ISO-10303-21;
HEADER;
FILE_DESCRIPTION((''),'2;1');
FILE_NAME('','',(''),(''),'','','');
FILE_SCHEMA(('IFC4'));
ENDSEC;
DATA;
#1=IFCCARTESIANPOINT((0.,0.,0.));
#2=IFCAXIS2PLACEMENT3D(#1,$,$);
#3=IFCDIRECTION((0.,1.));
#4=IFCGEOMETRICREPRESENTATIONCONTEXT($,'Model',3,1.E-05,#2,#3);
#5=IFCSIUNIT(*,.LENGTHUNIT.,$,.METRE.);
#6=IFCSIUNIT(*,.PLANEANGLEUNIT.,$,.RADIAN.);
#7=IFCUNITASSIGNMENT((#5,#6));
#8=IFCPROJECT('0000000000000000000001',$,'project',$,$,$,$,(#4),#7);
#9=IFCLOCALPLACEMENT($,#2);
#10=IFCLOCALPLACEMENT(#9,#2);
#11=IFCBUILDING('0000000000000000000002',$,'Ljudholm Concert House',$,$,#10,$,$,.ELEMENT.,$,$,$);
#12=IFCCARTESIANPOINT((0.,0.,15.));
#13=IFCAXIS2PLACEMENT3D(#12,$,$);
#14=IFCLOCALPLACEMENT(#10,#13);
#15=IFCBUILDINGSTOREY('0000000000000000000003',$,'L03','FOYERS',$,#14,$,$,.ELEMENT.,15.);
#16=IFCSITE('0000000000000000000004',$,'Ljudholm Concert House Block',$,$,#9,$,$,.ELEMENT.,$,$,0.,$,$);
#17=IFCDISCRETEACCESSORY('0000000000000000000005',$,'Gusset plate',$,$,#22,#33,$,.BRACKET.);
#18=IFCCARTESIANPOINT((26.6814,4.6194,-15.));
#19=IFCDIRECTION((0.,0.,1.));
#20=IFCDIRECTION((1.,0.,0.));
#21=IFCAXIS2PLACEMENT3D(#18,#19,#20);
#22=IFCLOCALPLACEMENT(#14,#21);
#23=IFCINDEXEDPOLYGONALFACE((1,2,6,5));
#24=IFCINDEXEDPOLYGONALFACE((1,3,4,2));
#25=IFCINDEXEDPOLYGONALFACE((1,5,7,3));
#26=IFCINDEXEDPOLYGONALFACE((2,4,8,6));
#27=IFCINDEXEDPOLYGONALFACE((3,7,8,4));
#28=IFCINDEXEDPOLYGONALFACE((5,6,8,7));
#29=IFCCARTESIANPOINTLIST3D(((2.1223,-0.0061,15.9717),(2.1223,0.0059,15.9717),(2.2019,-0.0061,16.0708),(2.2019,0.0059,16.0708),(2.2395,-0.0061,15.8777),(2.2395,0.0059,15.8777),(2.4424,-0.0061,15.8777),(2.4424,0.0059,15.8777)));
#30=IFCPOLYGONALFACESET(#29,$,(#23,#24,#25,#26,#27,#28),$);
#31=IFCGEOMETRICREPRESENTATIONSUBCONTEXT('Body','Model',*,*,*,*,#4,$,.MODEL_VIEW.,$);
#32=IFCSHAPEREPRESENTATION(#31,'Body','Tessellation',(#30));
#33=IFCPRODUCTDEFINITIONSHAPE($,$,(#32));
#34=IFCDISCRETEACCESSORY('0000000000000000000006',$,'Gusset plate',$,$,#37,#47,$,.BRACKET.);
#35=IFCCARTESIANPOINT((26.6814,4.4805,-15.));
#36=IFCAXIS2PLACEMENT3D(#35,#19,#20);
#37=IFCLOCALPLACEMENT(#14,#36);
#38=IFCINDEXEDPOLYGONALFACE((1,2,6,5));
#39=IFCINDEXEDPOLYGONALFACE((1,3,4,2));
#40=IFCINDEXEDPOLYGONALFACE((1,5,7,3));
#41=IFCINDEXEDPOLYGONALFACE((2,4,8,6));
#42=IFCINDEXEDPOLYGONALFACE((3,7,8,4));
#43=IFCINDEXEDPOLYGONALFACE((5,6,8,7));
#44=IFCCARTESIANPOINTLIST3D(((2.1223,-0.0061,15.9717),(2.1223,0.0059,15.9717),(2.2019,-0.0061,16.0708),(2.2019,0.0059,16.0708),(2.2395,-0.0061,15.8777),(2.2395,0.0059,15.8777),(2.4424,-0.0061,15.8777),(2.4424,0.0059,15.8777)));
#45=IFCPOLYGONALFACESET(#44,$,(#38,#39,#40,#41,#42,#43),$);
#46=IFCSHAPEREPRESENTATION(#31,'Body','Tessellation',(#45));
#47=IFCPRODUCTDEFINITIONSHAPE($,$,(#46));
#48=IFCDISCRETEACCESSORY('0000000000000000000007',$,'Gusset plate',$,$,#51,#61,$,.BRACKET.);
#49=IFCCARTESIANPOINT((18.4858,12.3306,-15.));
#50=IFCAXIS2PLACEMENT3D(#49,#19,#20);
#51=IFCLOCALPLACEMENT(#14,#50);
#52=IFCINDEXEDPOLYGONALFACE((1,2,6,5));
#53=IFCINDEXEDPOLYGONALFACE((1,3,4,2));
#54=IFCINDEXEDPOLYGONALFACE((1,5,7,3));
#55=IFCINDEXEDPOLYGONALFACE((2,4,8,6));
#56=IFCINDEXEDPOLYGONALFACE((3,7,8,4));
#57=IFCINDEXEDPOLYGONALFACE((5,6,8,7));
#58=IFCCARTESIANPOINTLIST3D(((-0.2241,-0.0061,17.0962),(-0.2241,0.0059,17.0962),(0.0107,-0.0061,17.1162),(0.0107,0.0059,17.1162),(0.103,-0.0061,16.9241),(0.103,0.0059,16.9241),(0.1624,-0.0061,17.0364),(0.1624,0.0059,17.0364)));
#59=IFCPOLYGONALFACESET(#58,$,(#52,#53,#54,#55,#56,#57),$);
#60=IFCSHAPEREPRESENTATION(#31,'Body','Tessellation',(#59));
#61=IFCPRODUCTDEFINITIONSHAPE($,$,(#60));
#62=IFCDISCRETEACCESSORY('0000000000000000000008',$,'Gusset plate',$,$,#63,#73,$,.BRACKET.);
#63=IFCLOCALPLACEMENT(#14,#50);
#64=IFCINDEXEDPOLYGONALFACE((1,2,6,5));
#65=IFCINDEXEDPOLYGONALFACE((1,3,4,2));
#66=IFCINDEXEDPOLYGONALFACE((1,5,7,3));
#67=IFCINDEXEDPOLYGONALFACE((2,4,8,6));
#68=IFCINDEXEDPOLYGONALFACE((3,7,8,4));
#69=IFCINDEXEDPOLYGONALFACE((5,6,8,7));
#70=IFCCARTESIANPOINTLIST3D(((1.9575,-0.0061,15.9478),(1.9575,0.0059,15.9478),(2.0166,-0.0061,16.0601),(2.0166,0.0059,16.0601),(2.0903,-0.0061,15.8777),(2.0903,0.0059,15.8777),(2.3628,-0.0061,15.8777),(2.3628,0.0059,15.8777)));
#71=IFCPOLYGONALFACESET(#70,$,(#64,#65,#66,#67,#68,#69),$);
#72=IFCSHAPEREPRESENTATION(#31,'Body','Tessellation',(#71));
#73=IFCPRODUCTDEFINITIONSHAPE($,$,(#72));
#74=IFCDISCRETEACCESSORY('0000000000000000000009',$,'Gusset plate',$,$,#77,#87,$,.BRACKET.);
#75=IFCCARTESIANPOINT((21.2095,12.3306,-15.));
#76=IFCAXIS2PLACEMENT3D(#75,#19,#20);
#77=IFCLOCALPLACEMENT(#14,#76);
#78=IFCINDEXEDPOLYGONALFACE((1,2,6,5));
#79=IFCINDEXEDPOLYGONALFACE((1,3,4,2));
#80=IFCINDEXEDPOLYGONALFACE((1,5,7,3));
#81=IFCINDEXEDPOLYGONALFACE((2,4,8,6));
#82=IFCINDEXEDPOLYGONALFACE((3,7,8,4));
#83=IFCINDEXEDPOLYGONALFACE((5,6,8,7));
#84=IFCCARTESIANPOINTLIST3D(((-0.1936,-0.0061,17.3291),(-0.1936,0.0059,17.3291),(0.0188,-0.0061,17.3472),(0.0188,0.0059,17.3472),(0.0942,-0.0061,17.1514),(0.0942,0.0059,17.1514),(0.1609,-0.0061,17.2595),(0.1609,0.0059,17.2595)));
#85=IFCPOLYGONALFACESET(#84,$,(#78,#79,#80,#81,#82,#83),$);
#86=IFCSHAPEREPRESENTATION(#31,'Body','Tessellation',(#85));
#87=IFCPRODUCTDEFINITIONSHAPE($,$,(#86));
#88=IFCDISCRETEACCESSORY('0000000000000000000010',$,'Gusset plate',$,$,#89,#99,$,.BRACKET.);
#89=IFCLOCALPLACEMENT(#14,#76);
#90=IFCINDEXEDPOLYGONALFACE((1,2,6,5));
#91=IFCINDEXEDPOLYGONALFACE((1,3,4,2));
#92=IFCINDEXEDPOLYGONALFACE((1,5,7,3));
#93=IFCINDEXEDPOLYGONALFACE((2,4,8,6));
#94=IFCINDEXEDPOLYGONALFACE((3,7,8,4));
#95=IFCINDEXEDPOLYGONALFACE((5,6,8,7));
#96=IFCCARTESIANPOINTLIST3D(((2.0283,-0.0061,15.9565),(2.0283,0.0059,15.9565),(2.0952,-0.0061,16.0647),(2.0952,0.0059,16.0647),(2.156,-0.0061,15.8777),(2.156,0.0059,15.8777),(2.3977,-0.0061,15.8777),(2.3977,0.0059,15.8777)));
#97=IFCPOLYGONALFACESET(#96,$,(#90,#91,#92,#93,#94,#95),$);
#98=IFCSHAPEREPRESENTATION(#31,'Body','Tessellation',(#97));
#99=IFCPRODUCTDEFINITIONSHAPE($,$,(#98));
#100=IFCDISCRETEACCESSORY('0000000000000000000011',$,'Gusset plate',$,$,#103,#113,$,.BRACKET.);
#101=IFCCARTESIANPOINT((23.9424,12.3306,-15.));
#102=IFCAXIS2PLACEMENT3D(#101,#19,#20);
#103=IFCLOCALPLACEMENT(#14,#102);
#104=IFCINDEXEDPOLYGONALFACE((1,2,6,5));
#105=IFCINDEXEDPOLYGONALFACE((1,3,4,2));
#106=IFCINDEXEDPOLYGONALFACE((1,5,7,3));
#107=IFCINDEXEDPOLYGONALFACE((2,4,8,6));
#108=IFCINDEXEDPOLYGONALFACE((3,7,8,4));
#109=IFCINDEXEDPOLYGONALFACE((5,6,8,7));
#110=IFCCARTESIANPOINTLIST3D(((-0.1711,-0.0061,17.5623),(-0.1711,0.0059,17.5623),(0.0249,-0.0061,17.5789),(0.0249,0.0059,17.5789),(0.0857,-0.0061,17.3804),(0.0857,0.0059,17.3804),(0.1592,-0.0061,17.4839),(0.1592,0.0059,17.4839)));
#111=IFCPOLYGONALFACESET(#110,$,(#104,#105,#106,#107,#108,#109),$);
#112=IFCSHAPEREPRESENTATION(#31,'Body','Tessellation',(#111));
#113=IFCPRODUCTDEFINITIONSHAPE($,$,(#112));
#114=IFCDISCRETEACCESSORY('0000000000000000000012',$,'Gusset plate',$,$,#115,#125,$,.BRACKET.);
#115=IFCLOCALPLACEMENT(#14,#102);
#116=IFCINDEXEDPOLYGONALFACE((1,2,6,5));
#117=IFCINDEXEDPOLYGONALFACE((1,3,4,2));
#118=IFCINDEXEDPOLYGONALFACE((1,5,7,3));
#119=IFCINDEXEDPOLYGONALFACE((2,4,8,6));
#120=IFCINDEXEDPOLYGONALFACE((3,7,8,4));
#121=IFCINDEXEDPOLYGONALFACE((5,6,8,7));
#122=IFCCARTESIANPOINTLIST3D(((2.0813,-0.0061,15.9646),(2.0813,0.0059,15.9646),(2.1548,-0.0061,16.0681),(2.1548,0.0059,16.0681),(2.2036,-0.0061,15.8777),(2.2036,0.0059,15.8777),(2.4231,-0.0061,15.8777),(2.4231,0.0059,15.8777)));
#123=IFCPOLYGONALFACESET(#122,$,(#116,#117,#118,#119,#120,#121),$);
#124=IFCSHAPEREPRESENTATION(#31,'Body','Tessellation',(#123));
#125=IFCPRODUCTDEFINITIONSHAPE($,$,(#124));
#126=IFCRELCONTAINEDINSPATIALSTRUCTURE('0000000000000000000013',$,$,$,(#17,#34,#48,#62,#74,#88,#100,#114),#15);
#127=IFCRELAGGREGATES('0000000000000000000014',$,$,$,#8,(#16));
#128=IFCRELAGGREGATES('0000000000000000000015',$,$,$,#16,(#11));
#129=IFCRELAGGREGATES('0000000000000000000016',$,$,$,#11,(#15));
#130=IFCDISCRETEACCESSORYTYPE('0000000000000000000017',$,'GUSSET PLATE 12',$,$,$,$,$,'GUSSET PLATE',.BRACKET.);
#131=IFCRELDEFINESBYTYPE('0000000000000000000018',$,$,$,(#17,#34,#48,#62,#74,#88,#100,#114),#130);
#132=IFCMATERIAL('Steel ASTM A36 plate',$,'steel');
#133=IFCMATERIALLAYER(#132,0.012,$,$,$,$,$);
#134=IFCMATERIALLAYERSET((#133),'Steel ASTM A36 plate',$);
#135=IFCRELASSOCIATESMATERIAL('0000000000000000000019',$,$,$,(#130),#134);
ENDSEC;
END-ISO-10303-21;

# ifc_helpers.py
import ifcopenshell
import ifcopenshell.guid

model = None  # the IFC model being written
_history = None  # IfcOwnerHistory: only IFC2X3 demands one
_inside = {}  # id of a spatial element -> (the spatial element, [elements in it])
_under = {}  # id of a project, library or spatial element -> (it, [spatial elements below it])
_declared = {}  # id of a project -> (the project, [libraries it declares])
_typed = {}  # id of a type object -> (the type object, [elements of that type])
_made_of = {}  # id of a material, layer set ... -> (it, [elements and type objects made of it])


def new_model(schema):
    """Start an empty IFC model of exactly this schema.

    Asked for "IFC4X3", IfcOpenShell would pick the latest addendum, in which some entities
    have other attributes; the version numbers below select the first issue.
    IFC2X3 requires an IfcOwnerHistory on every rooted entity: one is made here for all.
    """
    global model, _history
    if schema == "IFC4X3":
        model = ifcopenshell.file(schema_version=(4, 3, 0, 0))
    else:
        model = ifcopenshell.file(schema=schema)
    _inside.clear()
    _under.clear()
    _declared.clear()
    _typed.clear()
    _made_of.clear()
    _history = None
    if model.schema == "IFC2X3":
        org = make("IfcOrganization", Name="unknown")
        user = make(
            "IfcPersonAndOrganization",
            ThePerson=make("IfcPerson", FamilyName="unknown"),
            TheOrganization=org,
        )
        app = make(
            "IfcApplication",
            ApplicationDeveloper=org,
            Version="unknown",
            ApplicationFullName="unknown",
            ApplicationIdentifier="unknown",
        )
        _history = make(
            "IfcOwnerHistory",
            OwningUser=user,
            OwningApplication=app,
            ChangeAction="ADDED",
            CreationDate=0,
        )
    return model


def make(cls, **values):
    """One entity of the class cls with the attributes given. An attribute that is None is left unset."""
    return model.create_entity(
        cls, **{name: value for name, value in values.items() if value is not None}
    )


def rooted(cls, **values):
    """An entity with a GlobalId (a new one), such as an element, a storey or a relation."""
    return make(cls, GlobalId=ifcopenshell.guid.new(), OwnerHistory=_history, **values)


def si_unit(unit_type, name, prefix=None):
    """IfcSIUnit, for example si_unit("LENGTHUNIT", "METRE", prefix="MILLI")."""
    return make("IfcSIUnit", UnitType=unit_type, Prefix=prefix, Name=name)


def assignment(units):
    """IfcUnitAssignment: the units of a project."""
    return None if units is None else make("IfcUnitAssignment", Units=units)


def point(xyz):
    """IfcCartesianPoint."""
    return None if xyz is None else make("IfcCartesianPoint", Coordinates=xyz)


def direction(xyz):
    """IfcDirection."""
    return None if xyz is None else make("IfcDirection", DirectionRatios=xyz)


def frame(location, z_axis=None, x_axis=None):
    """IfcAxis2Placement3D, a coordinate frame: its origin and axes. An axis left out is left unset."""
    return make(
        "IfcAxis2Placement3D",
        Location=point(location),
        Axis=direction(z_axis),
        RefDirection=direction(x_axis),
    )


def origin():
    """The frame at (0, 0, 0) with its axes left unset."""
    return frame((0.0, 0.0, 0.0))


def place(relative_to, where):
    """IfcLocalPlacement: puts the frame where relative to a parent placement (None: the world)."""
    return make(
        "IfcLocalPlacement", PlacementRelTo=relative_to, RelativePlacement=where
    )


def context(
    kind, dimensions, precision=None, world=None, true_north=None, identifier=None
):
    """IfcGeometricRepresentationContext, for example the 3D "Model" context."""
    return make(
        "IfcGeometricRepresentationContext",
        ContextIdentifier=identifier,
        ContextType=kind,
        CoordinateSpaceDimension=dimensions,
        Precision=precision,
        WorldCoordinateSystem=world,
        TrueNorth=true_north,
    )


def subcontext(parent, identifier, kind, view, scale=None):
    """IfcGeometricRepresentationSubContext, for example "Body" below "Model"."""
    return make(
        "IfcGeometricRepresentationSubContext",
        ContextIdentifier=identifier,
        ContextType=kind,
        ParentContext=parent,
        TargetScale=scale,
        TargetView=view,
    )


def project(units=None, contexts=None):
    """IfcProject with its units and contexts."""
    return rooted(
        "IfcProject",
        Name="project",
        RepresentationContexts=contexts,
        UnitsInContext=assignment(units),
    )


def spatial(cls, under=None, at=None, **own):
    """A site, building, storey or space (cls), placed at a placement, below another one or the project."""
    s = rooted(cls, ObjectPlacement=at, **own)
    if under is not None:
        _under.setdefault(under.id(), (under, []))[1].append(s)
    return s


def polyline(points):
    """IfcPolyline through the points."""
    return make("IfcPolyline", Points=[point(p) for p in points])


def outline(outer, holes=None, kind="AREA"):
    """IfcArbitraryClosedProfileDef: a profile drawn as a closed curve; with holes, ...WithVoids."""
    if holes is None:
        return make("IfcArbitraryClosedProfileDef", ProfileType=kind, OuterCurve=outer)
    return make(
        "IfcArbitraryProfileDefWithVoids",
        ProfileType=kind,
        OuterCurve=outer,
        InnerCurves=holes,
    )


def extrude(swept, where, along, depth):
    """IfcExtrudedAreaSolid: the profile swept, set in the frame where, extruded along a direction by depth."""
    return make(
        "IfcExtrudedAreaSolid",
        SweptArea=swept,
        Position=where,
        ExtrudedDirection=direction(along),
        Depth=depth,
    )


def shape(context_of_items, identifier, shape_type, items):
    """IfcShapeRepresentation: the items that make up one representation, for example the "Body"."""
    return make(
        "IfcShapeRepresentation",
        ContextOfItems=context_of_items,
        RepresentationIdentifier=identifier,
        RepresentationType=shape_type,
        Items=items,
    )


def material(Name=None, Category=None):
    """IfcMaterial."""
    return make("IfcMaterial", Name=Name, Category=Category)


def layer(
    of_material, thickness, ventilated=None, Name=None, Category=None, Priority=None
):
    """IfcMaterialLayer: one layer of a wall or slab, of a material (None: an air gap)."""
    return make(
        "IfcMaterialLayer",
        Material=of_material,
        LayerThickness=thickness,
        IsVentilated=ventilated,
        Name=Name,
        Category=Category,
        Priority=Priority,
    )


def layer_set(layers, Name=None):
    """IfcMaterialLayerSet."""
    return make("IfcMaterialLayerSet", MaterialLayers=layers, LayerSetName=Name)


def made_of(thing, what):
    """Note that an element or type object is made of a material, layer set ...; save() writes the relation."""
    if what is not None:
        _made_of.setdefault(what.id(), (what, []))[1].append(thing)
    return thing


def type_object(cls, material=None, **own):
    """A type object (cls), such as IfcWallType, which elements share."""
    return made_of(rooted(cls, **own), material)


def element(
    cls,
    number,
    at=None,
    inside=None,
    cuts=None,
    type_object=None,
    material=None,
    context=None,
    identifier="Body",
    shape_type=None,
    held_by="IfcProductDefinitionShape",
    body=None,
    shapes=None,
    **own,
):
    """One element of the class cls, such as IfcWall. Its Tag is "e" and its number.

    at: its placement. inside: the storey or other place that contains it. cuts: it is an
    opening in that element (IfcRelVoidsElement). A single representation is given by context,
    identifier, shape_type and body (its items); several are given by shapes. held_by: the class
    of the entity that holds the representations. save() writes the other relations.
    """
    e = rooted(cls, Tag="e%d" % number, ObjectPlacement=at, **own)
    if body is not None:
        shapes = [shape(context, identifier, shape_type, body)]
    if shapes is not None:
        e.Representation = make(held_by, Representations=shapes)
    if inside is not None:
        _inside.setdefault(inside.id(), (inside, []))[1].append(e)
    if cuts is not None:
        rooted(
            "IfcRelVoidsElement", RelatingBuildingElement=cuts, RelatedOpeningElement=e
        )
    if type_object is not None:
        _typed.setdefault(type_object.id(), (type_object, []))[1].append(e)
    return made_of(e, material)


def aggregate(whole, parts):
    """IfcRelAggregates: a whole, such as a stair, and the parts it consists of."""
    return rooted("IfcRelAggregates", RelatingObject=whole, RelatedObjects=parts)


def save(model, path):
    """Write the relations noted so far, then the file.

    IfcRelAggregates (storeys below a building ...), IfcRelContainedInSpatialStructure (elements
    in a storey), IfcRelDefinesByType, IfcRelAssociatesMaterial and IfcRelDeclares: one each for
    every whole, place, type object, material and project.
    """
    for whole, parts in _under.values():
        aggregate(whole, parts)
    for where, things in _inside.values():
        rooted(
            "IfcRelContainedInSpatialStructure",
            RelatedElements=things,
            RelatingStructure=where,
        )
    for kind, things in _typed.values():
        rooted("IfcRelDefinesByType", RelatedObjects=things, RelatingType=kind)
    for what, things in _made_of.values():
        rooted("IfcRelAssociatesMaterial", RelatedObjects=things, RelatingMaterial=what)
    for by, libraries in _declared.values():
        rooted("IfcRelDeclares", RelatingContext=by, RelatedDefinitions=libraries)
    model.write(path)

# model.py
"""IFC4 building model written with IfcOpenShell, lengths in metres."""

from ifc_helpers import new_model, si_unit, direction, frame, origin, place, context, subcontext, project, spatial, polyline, outline, extrude, material, layer, layer_set, type_object, element, save


model = new_model("IFC4")

# Units and contexts
model_context = context("Model", 3, precision=1e-05, world=origin(), true_north=direction((0.0, 1.0)))
body_context = subcontext(model_context, "Body", "Model", "MODEL_VIEW")
ifc_project = project(units=[si_unit("LENGTHUNIT", "METRE"), si_unit("PLANEANGLEUNIT", "RADIAN")], contexts=[model_context])

# Site, building, storey
site_placement = place(None, origin())
site = spatial("IfcSite", under=ifc_project, at=site_placement, Name="Ljudholm Concert House Block", CompositionType="ELEMENT", RefElevation=0.0)
building_placement = place(site_placement, origin())
building = spatial("IfcBuilding", under=site, at=building_placement, Name="Ljudholm Concert House", CompositionType="ELEMENT")
storey_placement = place(building_placement, frame((0.0, 0.0, 15.0)))
storey = spatial("IfcBuildingStorey", under=building, at=storey_placement, Name="L03", Description="FOYERS", CompositionType="ELEMENT", Elevation=15.0)

# Discrete accessories
ifc_material_1 = material(Name="Steel ASTM A36 plate", Category="steel")
ifc_layer_1 = layer(ifc_material_1, 0.012)
ifc_layer_set_1 = layer_set([ifc_layer_1], Name="Steel ASTM A36 plate")
discrete_accessory_type_1 = type_object("IfcDiscreteAccessoryType", Name="GUSSET PLATE 12", ElementType="GUSSET PLATE", PredefinedType="BRACKET", material=ifc_layer_set_1)
for number, where, z_axis, x_axis, name in (
    (1, (26.6814, 4.6194, -15.0), (0.0, 0.0, 1.0), (1.0, 0.0, 0.0), "Gusset plate"),
    (2, (26.6814, 4.4805, -15.0), (0.0, 0.0, 1.0), (1.0, 0.0, 0.0), "Gusset plate"),
):
    element("IfcDiscreteAccessory", number, at=place(storey_placement, frame(where, z_axis=z_axis, x_axis=x_axis)), inside=storey, type_object=discrete_accessory_type_1, Name=name, PredefinedType="BRACKET", context=body_context, shape_type="SweptSolid", body=[
        extrude(outline(polyline([(2.2019, 16.0708), (2.4424, 15.8777), (2.2395, 15.8777), (2.1223, 15.9717), (2.2019, 16.0708)])), frame((0.0, 0.0059, 0.0), z_axis=(0.0, -1.0, 0.0), x_axis=(1.0, 0.0, 0.0)), (0.0, 0.0, 1.0), 0.012),
    ])
discrete_accessory_1_placement = place(storey_placement, frame((18.4858, 12.3306, -15.0), z_axis=(0.0, 0.0, 1.0), x_axis=(1.0, 0.0, 0.0)))
element("IfcDiscreteAccessory", 3, at=discrete_accessory_1_placement, inside=storey, type_object=discrete_accessory_type_1, Name="Gusset plate", PredefinedType="BRACKET", context=body_context, shape_type="SweptSolid", body=[
    extrude(outline(polyline([(0.103, 16.9241), (-0.2241, 17.0962), (0.0107, 17.1162), (0.1624, 17.0364), (0.103, 16.9241)])), frame((0.0, 0.0059, 0.0), z_axis=(0.0, -1.0, 0.0), x_axis=(1.0, 0.0, 0.0)), (0.0, 0.0, 1.0), 0.012),
])
discrete_accessory_2_placement = place(storey_placement, frame((18.4858, 12.3306, -15.0), z_axis=(0.0, 0.0, 1.0), x_axis=(1.0, 0.0, 0.0)))
element("IfcDiscreteAccessory", 4, at=discrete_accessory_2_placement, inside=storey, type_object=discrete_accessory_type_1, Name="Gusset plate", PredefinedType="BRACKET", context=body_context, shape_type="SweptSolid", body=[
    extrude(outline(polyline([(2.0166, 16.0601), (2.3628, 15.8777), (2.0903, 15.8777), (1.9575, 15.9478), (2.0166, 16.0601)])), frame((0.0, 0.0059, 0.0), z_axis=(0.0, -1.0, 0.0), x_axis=(1.0, 0.0, 0.0)), (0.0, 0.0, 1.0), 0.012),
])
discrete_accessory_3_placement = place(storey_placement, frame((21.2095, 12.3306, -15.0), z_axis=(0.0, 0.0, 1.0), x_axis=(1.0, 0.0, 0.0)))
element("IfcDiscreteAccessory", 5, at=discrete_accessory_3_placement, inside=storey, type_object=discrete_accessory_type_1, Name="Gusset plate", PredefinedType="BRACKET", context=body_context, shape_type="SweptSolid", body=[
    extrude(outline(polyline([(0.0942, 17.1514), (-0.1936, 17.3291), (0.0188, 17.3472), (0.1609, 17.2595), (0.0942, 17.1514)])), frame((0.0, 0.0059, 0.0), z_axis=(0.0, -1.0, 0.0), x_axis=(1.0, 0.0, 0.0)), (0.0, 0.0, 1.0), 0.012),
])
discrete_accessory_4_placement = place(storey_placement, frame((21.2095, 12.3306, -15.0), z_axis=(0.0, 0.0, 1.0), x_axis=(1.0, 0.0, 0.0)))
element("IfcDiscreteAccessory", 6, at=discrete_accessory_4_placement, inside=storey, type_object=discrete_accessory_type_1, Name="Gusset plate", PredefinedType="BRACKET", context=body_context, shape_type="SweptSolid", body=[
    extrude(outline(polyline([(2.0952, 16.0647), (2.3977, 15.8777), (2.156, 15.8777), (2.0283, 15.9565), (2.0952, 16.0647)])), frame((0.0, 0.0059, 0.0), z_axis=(0.0, -1.0, 0.0), x_axis=(1.0, 0.0, 0.0)), (0.0, 0.0, 1.0), 0.012),
])
discrete_accessory_5_placement = place(storey_placement, frame((23.9424, 12.3306, -15.0), z_axis=(0.0, 0.0, 1.0), x_axis=(1.0, 0.0, 0.0)))
element("IfcDiscreteAccessory", 7, at=discrete_accessory_5_placement, inside=storey, type_object=discrete_accessory_type_1, Name="Gusset plate", PredefinedType="BRACKET", context=body_context, shape_type="SweptSolid", body=[
    extrude(outline(polyline([(0.0857, 17.3804), (-0.1711, 17.5623), (0.0249, 17.5789), (0.1592, 17.4839), (0.0857, 17.3804)])), frame((0.0, 0.0059, 0.0), z_axis=(0.0, -1.0, 0.0), x_axis=(1.0, 0.0, 0.0)), (0.0, 0.0, 1.0), 0.012),
])
discrete_accessory_6_placement = place(storey_placement, frame((23.9424, 12.3306, -15.0), z_axis=(0.0, 0.0, 1.0), x_axis=(1.0, 0.0, 0.0)))
element("IfcDiscreteAccessory", 8, at=discrete_accessory_6_placement, inside=storey, type_object=discrete_accessory_type_1, Name="Gusset plate", PredefinedType="BRACKET", context=body_context, shape_type="SweptSolid", body=[
    extrude(outline(polyline([(2.1548, 16.0681), (2.4231, 15.8777), (2.2036, 15.8777), (2.0813, 15.9646), (2.1548, 16.0681)])), frame((0.0, 0.0059, 0.0), z_axis=(0.0, -1.0, 0.0), x_axis=(1.0, 0.0, 0.0)), (0.0, 0.0, 1.0), 0.012),
])

save(model, "model.ifc")
